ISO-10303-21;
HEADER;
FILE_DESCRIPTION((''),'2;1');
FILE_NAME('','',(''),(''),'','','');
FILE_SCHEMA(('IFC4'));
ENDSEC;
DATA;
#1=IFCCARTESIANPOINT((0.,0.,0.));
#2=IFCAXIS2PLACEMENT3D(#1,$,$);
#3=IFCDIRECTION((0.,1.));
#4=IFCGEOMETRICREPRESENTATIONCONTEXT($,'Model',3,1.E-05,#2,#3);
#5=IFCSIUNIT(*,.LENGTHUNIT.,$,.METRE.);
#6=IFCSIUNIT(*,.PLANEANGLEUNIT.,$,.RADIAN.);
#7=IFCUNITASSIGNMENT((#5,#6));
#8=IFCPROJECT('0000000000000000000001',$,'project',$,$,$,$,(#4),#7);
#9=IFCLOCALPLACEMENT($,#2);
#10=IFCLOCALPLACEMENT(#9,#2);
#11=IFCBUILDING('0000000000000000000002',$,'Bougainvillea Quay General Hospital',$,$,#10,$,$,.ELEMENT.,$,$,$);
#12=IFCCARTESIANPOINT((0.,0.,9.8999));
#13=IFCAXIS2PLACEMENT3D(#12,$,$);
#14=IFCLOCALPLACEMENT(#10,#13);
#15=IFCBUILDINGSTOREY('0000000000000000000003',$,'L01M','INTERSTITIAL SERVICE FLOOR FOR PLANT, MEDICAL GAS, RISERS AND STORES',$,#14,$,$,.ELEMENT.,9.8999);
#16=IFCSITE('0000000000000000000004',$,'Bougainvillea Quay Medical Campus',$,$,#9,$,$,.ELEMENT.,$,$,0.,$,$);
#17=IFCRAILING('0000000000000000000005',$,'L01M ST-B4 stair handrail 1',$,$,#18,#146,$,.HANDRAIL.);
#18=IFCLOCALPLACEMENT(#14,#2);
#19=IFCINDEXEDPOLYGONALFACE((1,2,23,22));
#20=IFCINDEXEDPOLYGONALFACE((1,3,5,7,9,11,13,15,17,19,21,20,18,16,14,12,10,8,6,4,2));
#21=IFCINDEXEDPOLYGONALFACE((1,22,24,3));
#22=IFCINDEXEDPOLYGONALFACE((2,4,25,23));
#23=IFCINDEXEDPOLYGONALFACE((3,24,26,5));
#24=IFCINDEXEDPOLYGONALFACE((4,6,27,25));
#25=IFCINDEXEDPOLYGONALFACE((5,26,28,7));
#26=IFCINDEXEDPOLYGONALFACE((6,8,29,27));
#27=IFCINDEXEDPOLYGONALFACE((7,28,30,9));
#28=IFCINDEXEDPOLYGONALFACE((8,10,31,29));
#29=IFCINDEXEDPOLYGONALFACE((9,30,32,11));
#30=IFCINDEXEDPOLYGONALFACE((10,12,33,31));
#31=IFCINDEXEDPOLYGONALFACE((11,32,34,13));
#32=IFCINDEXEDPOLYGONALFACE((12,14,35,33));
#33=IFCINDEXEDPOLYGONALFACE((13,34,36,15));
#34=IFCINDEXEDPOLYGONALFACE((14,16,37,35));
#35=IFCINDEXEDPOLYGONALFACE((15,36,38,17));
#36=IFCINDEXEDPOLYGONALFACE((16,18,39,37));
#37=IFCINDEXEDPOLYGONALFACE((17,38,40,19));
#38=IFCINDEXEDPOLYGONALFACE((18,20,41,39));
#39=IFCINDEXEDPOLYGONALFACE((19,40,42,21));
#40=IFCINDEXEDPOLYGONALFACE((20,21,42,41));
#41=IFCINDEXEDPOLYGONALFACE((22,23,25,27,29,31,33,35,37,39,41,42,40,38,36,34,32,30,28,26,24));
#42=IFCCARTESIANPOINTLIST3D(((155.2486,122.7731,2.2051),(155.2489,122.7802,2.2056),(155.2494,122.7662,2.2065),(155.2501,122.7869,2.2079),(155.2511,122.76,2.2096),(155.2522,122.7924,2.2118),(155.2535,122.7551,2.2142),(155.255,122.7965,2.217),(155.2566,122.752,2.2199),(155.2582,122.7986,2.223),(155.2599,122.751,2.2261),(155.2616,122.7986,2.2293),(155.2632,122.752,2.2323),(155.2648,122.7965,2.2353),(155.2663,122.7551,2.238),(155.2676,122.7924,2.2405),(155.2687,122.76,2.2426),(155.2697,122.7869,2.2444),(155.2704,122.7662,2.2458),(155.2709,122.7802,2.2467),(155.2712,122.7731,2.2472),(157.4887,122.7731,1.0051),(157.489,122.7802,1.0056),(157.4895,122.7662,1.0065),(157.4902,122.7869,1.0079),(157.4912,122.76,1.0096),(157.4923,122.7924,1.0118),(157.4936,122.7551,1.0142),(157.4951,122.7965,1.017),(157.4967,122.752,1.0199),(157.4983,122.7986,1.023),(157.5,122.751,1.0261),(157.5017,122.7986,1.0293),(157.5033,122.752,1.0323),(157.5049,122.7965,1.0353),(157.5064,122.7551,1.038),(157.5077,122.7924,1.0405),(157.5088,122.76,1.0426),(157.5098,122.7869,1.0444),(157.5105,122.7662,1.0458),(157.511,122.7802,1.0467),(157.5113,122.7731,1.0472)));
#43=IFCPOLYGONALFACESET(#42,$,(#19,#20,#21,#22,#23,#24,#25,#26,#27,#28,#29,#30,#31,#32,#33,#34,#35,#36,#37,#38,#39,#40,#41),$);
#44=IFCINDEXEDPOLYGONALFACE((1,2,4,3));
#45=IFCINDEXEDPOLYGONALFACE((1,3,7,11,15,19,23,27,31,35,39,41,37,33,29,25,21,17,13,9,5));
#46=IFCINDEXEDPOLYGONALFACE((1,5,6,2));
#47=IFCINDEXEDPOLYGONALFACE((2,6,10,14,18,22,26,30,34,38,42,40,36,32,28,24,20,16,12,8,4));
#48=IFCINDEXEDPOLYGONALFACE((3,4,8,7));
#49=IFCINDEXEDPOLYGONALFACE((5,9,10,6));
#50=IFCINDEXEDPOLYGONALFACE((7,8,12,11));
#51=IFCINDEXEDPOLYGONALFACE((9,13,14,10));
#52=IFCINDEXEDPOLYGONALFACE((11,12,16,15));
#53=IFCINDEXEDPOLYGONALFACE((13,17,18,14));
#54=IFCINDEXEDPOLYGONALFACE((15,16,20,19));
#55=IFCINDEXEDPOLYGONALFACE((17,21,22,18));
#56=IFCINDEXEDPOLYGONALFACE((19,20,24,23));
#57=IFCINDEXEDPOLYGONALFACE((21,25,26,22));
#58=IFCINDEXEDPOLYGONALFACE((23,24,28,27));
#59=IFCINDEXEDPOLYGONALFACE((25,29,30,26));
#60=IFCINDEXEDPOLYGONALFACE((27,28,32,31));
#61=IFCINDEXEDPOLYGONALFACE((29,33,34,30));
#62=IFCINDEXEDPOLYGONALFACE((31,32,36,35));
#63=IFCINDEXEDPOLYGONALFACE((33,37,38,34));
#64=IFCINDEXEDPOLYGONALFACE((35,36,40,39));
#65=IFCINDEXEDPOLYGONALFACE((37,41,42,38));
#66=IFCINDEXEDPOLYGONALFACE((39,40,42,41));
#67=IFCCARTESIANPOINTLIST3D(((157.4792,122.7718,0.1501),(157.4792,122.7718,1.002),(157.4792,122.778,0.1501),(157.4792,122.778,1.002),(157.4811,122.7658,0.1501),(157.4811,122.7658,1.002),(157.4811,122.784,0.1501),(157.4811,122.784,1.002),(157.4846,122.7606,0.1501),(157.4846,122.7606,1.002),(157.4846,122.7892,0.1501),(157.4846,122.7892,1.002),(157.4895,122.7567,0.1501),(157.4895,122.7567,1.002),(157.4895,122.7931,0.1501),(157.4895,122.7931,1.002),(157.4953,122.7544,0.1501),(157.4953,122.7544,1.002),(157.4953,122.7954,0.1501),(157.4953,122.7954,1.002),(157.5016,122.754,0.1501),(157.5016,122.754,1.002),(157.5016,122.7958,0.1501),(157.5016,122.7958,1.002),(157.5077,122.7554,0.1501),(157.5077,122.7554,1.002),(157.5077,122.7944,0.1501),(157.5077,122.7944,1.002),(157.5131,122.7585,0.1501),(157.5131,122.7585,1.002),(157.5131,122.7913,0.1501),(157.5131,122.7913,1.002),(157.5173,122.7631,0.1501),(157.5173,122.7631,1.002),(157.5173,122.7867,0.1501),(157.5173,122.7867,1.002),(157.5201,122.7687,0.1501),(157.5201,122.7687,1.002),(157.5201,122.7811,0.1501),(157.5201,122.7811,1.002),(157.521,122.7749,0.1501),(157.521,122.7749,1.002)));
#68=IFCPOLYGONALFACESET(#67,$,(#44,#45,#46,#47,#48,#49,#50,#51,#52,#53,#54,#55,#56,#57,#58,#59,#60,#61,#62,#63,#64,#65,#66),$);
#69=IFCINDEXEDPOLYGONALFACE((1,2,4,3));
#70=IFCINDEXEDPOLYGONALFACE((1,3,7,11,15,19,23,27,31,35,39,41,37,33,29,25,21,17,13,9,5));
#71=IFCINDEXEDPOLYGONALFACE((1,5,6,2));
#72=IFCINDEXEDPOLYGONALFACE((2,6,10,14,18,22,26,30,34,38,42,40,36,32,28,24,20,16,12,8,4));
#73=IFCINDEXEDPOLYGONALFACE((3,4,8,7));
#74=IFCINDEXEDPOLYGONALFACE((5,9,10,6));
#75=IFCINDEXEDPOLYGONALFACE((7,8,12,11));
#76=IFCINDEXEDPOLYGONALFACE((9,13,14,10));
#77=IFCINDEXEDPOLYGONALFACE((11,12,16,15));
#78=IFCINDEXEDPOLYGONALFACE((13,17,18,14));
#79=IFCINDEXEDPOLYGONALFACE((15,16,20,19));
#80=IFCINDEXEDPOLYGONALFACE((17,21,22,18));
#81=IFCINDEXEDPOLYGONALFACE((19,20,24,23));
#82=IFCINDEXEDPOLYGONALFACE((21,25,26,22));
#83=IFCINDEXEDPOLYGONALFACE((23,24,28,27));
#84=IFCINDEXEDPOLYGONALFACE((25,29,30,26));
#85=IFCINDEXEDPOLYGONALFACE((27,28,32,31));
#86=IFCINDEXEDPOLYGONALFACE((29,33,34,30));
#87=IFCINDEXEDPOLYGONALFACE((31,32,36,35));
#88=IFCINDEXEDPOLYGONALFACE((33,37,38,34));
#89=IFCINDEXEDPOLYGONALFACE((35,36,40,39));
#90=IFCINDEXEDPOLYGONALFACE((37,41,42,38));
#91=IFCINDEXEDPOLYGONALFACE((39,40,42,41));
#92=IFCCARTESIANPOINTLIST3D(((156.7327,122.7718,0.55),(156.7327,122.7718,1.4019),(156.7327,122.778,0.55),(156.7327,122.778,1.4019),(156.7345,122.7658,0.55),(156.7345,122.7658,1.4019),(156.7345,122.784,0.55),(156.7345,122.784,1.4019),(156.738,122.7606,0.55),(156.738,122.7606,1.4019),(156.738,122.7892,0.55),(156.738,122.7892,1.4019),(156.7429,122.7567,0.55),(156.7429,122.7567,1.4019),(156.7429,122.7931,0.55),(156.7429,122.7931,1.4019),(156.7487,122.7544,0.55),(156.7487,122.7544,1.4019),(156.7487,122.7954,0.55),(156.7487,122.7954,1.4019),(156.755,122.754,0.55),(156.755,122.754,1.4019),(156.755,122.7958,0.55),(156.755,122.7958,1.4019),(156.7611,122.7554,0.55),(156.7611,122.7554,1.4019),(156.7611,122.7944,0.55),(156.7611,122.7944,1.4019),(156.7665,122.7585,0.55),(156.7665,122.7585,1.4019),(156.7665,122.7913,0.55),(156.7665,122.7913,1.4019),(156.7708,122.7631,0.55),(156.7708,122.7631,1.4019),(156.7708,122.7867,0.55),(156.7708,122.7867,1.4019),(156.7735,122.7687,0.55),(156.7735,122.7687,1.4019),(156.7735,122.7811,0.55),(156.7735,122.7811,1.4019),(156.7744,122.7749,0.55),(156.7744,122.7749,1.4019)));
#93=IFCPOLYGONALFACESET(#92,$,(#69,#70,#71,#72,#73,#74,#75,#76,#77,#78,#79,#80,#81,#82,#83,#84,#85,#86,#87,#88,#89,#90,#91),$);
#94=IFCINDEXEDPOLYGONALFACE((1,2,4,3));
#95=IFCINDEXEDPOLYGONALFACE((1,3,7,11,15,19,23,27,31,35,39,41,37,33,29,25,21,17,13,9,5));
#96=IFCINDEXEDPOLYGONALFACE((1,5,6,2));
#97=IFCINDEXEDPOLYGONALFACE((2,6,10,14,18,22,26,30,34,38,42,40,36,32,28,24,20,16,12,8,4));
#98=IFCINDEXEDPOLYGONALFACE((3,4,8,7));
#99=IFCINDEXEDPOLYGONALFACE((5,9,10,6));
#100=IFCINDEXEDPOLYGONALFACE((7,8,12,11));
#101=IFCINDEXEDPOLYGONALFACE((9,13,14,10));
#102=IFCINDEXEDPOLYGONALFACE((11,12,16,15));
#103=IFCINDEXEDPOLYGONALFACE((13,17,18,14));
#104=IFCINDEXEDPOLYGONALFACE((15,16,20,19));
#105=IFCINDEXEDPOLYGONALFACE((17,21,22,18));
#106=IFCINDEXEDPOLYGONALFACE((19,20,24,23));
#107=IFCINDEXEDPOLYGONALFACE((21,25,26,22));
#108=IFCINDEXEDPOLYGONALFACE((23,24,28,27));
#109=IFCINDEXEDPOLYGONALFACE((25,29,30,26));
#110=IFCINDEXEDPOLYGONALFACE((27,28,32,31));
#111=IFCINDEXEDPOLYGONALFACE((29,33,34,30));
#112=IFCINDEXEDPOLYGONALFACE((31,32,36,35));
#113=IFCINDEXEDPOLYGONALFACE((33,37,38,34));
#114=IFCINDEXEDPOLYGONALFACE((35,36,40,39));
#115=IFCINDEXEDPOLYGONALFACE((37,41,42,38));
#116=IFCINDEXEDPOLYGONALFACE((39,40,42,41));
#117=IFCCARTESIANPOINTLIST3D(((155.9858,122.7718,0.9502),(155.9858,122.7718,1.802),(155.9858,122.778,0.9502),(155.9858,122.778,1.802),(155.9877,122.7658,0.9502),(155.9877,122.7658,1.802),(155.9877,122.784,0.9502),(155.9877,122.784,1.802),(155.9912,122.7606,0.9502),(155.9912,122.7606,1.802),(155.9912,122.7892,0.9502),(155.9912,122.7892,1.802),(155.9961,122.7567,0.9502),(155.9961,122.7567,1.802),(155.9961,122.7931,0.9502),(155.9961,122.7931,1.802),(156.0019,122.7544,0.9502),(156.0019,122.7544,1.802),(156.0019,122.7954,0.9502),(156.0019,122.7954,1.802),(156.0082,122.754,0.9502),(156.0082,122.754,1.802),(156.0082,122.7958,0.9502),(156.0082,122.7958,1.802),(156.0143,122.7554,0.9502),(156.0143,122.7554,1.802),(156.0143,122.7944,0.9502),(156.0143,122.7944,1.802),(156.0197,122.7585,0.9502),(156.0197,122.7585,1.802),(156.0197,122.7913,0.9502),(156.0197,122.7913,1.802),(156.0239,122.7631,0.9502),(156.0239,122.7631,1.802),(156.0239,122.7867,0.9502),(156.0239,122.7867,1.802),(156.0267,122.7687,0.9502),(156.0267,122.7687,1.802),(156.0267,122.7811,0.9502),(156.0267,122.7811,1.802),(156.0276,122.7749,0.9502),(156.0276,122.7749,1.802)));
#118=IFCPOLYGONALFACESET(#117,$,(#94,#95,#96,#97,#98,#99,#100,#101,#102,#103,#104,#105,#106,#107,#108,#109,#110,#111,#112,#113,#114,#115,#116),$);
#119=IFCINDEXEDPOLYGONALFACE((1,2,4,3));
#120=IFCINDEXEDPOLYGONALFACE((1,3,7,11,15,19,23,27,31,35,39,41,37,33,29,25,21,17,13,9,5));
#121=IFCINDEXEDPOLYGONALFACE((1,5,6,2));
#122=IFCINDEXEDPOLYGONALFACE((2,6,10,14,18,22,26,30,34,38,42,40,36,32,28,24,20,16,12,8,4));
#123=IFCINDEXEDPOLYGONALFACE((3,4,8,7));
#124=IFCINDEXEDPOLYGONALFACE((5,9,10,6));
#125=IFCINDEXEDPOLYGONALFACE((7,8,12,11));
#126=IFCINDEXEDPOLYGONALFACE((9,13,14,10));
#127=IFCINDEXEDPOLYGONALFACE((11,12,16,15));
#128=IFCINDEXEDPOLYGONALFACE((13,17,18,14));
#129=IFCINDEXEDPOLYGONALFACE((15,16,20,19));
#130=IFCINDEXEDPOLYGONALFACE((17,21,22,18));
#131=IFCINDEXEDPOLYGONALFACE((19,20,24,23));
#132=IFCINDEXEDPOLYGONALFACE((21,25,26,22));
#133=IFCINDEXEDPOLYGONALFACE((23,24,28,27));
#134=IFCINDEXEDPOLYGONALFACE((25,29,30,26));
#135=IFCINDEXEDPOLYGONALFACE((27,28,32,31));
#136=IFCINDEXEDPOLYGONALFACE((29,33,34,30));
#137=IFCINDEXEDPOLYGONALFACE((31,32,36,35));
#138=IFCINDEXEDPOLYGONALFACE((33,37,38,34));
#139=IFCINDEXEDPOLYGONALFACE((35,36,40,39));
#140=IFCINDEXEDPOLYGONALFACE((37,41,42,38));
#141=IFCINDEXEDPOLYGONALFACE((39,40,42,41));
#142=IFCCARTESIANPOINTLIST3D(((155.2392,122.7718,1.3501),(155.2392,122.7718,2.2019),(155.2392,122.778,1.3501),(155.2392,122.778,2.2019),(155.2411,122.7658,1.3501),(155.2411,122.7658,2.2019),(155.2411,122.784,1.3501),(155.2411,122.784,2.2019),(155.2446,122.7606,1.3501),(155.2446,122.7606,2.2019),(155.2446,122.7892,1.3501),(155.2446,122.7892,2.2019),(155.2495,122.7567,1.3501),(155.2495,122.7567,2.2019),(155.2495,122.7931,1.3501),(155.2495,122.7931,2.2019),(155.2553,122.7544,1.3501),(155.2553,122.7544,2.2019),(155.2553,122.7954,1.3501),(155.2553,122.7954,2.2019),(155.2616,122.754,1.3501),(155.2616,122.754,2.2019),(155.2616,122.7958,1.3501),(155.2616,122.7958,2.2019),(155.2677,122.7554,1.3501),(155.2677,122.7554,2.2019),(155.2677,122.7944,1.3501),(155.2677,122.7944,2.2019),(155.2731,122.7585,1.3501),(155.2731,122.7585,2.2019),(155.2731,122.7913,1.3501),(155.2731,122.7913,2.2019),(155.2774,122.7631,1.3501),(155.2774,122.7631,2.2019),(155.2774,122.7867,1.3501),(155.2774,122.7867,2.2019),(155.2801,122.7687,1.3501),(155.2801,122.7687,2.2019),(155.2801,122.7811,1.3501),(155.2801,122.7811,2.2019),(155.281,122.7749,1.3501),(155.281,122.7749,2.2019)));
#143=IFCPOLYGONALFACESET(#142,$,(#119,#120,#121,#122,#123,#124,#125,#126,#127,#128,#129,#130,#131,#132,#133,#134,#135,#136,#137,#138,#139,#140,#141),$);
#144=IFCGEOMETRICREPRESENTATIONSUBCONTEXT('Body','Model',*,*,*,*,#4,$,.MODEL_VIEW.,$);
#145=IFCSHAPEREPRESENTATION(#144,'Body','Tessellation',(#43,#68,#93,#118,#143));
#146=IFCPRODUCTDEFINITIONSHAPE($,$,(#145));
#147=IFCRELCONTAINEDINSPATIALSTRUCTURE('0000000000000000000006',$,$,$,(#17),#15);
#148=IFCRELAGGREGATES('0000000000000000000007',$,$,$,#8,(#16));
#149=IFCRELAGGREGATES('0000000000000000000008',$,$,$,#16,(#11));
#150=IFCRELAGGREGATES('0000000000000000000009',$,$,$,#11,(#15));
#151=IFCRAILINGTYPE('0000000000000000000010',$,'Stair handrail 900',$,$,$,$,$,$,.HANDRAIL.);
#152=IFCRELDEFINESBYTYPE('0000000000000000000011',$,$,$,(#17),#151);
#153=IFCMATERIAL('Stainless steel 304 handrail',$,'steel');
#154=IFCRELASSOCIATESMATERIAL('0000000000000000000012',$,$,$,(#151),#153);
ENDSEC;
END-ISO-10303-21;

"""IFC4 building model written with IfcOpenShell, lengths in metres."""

from ifc_helpers import new_model, si_unit, direction, frame, origin, origin_2d, place, context, subcontext, project, spatial, circle, extrude, material, type_object, element, save


model = new_model("IFC4")

# Units and contexts
model_context = context("Model", 3, precision=1e-05, world=origin(), true_north=direction((0.0, 1.0)))
body_context = subcontext(model_context, "Body", "Model", "MODEL_VIEW")
ifc_project = project(units=[si_unit("LENGTHUNIT", "METRE"), si_unit("PLANEANGLEUNIT", "RADIAN")], contexts=[model_context])

# Site, building, storey
site_placement = place(None, origin())
site = spatial("IfcSite", under=ifc_project, at=site_placement, Name="Bougainvillea Quay Medical Campus", CompositionType="ELEMENT", RefElevation=0.0)
building_placement = place(site_placement, origin())
building = spatial("IfcBuilding", under=site, at=building_placement, Name="Bougainvillea Quay General Hospital", CompositionType="ELEMENT")
storey_placement = place(building_placement, frame((0.0, 0.0, 9.8999)))
storey = spatial("IfcBuildingStorey", under=building, at=storey_placement, Name="L01M", Description="INTERSTITIAL SERVICE FLOOR FOR PLANT, MEDICAL GAS, RISERS AND STORES", CompositionType="ELEMENT", Elevation=9.8999)

# Railing
ifc_material_1 = material(Name="Stainless steel 304 handrail", Category="steel")
railing_type_1 = type_object("IfcRailingType", Name="Stair handrail 900", PredefinedType="HANDRAIL", material=ifc_material_1)
railing_1_placement = place(storey_placement, frame((157.5, 122.7749, 0.1501)))
element("IfcRailing", 1, at=railing_1_placement, inside=storey, type_object=railing_type_1, Name="L01M ST-B4 stair handrail 1", PredefinedType="HANDRAIL", context=body_context, shape_type="SweptSolid", body=[
    extrude(circle(Radius=0.0239, at=origin_2d()), frame((0.0, 0.0, 0.876), z_axis=(-0.881487, 0.0, 0.472208), x_axis=(0.0, -1.0, 0.0)), (0.0, 0.0, 1.0), 2.5413),
    extrude(circle(Radius=0.021, at=origin_2d()), origin(), (0.0, 0.0, 1.0), 0.8518),
    extrude(circle(Radius=0.021, at=origin_2d()), frame((-0.7466, 0.0, 0.3999)), (0.0, 0.0, 1.0), 0.8518),
    extrude(circle(Radius=0.021, at=origin_2d()), frame((-1.4934, 0.0, 0.8)), (0.0, 0.0, 1.0), 0.8518),
    extrude(circle(Radius=0.021, at=origin_2d()), frame((-2.24, 0.0, 1.2)), (0.0, 0.0, 1.0), 0.8518),
])

save(model, "model.ifc")
